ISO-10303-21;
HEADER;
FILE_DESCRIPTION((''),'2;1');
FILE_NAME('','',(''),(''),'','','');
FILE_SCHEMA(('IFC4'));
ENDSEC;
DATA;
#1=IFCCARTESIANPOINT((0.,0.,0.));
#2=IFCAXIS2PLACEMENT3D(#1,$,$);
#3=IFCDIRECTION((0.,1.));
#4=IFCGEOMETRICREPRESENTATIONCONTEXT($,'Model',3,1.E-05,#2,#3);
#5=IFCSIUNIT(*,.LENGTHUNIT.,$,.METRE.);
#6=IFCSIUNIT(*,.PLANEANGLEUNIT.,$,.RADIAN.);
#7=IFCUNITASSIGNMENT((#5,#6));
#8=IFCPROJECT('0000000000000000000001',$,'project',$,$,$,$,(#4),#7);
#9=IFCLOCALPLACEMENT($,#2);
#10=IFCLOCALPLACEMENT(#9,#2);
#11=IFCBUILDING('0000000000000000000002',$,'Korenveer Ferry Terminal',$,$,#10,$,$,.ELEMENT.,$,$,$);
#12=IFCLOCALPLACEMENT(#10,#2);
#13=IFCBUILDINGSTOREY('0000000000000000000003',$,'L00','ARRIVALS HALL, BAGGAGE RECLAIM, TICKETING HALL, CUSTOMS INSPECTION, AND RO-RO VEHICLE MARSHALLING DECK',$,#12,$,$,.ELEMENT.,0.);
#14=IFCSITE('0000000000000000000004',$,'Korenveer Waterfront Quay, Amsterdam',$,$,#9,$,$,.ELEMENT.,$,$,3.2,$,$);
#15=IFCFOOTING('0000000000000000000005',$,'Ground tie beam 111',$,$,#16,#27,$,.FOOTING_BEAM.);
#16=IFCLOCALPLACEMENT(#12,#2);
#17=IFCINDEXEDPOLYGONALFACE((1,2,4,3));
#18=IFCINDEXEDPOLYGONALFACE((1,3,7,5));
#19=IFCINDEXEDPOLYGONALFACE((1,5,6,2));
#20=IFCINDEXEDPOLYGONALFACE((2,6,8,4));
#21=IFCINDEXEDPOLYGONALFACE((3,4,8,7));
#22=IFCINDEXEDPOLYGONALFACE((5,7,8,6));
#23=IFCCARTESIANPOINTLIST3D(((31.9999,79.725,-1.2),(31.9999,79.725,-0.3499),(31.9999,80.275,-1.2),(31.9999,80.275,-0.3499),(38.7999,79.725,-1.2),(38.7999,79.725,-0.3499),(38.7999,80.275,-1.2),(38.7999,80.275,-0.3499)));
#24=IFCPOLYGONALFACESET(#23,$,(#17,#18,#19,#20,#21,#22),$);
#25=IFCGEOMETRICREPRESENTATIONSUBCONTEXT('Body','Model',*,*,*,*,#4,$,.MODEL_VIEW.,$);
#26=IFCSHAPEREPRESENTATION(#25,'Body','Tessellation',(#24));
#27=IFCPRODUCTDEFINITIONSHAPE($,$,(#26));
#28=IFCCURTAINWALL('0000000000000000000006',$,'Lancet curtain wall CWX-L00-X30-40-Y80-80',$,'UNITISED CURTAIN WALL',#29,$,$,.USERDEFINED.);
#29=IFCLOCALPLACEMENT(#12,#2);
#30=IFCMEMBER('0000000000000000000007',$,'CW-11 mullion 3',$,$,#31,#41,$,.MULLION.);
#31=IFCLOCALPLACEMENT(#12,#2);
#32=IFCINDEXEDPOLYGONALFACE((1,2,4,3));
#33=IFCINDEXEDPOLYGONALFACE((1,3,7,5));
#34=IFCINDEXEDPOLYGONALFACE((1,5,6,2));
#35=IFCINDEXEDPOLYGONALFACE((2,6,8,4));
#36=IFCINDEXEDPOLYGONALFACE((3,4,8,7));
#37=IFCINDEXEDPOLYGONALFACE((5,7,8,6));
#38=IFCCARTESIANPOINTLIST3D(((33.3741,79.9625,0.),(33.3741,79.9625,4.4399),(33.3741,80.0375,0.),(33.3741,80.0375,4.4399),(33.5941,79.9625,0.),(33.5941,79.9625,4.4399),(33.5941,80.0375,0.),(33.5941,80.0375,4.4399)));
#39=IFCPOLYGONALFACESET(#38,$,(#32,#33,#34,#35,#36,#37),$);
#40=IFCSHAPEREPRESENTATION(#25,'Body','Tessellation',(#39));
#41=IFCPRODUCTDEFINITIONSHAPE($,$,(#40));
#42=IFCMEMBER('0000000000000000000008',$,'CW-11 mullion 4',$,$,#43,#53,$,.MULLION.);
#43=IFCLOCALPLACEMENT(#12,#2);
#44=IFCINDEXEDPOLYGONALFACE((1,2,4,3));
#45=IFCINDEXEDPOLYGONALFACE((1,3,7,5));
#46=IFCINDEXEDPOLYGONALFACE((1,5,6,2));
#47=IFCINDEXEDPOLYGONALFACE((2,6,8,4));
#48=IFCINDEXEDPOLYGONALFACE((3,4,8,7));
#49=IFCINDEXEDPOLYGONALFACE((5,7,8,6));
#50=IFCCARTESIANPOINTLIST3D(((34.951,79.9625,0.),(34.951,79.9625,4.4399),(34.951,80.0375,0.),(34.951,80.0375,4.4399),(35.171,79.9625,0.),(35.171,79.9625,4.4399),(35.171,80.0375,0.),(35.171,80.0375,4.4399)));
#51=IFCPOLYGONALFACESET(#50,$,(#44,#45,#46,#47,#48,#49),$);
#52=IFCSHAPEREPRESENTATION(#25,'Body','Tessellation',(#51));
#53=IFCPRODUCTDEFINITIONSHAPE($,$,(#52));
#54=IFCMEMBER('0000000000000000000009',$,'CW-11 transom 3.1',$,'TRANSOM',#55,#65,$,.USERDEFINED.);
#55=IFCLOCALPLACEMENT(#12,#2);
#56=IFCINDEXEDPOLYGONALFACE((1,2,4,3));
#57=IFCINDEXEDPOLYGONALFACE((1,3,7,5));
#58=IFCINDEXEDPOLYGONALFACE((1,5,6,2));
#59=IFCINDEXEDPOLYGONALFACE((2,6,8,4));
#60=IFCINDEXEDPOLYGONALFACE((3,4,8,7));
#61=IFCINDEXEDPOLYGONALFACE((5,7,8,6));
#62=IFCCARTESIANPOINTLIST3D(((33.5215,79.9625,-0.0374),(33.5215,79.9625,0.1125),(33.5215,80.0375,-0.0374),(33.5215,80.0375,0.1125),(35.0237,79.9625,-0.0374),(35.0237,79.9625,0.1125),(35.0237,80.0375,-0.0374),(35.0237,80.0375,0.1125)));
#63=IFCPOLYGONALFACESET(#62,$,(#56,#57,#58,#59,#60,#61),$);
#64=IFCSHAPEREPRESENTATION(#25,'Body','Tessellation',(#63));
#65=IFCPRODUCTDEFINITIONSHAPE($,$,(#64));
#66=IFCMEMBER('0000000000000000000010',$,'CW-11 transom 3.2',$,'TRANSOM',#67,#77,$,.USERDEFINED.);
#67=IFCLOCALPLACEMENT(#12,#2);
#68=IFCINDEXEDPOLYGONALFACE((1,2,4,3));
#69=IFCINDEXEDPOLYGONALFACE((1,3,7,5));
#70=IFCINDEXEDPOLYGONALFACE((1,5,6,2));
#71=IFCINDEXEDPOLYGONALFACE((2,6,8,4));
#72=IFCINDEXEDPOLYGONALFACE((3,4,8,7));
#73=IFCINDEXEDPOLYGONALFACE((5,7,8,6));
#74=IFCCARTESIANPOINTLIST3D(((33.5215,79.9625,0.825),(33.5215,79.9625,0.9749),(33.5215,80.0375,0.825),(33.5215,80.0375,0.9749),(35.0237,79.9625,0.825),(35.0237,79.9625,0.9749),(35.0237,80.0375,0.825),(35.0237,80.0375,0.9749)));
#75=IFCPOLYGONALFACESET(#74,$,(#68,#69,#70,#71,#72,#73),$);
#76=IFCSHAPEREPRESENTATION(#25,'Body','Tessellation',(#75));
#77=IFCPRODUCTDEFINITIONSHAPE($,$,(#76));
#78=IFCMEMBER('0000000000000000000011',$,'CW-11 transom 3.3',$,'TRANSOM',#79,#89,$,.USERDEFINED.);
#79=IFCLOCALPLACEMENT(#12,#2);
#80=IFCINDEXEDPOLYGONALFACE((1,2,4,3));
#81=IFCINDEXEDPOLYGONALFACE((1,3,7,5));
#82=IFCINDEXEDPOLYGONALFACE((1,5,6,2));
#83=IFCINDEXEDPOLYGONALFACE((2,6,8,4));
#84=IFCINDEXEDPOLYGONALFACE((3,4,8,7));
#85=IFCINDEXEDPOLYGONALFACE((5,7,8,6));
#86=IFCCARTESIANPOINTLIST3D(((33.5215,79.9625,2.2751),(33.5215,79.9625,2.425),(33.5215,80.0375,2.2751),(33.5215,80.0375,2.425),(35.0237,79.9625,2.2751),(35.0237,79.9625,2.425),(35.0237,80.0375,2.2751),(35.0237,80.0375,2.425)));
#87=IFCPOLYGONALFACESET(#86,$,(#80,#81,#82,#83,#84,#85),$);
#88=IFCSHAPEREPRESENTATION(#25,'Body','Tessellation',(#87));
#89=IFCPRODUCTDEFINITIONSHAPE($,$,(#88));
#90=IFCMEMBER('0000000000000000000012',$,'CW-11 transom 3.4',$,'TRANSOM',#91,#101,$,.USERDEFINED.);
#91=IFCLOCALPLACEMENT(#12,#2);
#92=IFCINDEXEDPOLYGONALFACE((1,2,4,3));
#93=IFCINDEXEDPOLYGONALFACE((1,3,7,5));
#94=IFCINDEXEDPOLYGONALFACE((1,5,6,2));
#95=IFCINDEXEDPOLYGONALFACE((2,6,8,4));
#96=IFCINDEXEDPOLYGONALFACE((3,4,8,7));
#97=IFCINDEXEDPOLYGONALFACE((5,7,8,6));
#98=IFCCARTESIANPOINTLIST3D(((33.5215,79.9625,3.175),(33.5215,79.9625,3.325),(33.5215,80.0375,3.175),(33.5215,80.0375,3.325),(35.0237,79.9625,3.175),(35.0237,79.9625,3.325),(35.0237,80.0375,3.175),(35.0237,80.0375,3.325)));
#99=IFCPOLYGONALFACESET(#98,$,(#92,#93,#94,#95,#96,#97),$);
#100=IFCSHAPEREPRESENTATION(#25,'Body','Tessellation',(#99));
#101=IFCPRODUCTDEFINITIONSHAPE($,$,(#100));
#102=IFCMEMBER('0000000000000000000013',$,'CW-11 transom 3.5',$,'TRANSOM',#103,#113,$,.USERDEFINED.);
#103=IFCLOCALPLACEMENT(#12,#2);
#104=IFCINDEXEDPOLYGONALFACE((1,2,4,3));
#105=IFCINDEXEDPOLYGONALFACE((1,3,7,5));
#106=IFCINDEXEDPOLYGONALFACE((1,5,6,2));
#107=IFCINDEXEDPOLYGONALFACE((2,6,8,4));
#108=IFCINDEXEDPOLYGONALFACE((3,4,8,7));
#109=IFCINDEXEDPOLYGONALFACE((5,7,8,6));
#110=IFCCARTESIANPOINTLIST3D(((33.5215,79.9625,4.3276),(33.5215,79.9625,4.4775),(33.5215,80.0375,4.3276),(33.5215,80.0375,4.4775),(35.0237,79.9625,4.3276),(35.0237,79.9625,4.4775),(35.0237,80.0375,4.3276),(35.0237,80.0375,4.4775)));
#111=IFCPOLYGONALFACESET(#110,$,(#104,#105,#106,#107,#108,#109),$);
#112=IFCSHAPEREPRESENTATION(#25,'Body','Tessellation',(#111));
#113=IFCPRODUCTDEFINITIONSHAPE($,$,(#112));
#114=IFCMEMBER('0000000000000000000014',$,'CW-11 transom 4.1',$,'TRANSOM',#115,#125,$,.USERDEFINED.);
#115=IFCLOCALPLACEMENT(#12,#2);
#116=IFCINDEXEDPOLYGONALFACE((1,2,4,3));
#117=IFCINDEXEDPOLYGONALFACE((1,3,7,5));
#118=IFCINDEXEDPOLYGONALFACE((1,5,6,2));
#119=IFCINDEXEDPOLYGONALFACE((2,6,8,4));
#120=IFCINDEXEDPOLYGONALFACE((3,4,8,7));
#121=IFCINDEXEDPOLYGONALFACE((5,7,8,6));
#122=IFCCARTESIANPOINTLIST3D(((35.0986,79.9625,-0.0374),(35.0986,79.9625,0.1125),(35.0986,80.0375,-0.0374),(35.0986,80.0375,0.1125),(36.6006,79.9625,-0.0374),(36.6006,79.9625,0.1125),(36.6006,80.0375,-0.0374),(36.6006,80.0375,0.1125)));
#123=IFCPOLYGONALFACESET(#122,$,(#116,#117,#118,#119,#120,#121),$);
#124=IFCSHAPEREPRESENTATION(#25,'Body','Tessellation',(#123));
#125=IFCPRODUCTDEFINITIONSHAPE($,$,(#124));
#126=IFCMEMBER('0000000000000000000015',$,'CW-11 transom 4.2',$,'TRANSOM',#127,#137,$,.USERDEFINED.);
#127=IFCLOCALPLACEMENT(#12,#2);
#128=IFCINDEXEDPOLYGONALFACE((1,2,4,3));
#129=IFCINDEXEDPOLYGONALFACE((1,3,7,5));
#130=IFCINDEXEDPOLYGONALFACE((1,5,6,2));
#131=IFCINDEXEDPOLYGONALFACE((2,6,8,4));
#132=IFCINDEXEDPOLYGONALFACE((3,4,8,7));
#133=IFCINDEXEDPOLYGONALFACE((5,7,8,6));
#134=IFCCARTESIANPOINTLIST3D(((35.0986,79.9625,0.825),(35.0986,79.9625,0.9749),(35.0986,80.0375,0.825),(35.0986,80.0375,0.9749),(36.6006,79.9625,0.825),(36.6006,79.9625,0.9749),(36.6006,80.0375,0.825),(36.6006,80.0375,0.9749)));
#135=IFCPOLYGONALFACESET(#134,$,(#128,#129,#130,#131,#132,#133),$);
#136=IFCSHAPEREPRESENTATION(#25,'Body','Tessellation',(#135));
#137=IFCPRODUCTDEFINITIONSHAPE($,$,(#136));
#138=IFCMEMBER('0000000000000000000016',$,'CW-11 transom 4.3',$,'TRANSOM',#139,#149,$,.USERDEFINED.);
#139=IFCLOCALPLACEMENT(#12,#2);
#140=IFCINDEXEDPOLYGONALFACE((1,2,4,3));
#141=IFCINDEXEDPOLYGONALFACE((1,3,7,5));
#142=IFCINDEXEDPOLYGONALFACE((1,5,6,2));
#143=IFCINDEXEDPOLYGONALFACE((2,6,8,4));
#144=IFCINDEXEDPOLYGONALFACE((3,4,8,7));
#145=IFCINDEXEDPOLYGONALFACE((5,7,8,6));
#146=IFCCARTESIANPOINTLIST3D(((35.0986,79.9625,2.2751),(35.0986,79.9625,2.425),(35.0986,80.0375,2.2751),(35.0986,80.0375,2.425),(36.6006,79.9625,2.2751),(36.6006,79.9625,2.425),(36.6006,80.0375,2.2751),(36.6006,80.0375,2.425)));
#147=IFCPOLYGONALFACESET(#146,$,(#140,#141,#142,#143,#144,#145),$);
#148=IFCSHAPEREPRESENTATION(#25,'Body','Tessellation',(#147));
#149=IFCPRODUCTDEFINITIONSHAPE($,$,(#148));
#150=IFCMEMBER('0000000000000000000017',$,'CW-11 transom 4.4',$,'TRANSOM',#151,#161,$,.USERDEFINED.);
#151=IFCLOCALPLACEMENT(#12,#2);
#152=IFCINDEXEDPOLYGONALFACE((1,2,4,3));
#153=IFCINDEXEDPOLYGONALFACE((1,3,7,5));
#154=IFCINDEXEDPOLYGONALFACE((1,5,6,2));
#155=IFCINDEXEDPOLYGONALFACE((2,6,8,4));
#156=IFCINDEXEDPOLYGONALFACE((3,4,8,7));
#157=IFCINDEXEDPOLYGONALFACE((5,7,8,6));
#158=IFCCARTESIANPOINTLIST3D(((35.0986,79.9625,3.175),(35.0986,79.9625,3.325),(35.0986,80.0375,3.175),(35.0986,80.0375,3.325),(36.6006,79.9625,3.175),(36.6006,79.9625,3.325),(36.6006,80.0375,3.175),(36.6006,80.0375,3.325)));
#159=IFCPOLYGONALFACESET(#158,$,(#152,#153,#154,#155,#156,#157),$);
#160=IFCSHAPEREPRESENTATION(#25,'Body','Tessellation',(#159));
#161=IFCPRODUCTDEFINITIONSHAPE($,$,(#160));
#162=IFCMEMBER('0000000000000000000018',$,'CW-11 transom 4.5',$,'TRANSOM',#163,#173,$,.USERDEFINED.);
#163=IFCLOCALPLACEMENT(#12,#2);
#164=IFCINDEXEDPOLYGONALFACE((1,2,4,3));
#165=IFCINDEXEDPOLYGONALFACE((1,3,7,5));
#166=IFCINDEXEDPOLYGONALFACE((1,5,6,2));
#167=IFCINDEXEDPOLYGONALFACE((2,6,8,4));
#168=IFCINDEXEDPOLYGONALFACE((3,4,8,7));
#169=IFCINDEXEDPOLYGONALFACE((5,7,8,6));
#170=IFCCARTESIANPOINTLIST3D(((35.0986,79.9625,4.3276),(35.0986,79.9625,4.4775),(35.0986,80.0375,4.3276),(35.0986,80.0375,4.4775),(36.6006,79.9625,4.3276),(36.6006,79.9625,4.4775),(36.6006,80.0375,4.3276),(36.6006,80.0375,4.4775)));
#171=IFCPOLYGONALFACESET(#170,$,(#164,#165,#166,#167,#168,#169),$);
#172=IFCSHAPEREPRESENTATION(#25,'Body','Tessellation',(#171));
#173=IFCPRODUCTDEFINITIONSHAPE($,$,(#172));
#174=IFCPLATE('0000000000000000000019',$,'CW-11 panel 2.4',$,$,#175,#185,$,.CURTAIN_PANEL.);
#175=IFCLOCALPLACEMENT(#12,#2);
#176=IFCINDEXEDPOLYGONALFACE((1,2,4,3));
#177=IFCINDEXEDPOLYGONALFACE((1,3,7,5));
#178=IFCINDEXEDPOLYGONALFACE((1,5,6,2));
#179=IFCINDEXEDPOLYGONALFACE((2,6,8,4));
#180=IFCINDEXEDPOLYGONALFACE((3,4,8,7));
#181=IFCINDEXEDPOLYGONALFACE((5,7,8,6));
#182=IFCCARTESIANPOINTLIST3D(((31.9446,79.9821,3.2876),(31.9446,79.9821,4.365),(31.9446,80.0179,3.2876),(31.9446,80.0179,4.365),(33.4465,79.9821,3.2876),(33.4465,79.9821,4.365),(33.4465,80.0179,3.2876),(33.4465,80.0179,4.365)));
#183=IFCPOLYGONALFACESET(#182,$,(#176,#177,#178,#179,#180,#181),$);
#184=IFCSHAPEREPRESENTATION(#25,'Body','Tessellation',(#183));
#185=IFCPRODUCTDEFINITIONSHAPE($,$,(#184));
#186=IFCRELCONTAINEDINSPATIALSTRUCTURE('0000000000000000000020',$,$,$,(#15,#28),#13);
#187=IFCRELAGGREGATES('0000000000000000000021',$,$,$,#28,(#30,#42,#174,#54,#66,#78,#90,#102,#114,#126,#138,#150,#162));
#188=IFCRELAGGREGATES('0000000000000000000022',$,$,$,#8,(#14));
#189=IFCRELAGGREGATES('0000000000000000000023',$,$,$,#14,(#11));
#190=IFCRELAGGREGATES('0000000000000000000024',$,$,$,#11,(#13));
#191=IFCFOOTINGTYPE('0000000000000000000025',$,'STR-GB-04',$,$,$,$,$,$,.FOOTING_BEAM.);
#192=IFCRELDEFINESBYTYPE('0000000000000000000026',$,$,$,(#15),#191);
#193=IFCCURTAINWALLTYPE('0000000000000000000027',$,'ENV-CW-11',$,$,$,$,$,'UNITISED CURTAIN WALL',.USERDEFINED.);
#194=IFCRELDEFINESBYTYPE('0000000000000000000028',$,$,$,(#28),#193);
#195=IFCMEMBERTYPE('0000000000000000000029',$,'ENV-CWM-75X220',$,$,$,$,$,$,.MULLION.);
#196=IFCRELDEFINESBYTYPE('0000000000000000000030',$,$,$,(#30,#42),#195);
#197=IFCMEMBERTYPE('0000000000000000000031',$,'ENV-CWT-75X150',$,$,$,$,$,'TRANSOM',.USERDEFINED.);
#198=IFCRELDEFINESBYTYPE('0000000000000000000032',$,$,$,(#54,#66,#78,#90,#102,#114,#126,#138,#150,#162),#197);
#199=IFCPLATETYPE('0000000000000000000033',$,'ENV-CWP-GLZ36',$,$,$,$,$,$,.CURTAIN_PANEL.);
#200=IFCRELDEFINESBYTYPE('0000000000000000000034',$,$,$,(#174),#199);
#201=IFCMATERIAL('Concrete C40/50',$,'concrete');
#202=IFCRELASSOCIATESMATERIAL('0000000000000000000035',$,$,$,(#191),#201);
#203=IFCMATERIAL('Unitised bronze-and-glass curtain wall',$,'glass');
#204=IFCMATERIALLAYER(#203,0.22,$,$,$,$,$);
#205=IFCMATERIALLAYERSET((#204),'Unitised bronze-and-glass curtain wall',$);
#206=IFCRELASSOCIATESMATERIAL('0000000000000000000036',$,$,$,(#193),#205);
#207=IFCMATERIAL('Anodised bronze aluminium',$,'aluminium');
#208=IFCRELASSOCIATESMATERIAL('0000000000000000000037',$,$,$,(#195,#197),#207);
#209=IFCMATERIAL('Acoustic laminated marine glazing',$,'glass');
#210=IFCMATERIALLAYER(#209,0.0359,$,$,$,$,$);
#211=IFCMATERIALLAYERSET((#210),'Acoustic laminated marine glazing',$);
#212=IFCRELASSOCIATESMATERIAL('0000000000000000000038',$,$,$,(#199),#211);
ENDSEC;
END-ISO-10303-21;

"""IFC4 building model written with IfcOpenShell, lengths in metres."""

from ifc_helpers import new_model, si_unit, direction, frame, origin, origin_2d, place, context, subcontext, project, spatial, rectangle, extrude, material, layer, layer_set, material_profile, profile_set, type_object, element, aggregate, save


model = new_model("IFC4")

# Units and contexts
model_context = context("Model", 3, precision=1e-05, world=origin(), true_north=direction((0.0, 1.0)))
body_context = subcontext(model_context, "Body", "Model", "MODEL_VIEW")
ifc_project = project(units=[si_unit("LENGTHUNIT", "METRE"), si_unit("PLANEANGLEUNIT", "RADIAN")], contexts=[model_context])

# Site, building, storey
site_placement = place(None, origin())
site = spatial("IfcSite", under=ifc_project, at=site_placement, Name="Korenveer Waterfront Quay, Amsterdam", CompositionType="ELEMENT", RefElevation=3.2)
building_placement = place(site_placement, origin())
building = spatial("IfcBuilding", under=site, at=building_placement, Name="Korenveer Ferry Terminal", CompositionType="ELEMENT")
storey_placement = place(building_placement, origin())
storey = spatial("IfcBuildingStorey", under=building, at=storey_placement, Name="L00", Description="ARRIVALS HALL, BAGGAGE RECLAIM, TICKETING HALL, CUSTOMS INSPECTION, AND RO-RO VEHICLE MARSHALLING DECK", CompositionType="ELEMENT", Elevation=0.0)

# Footing
ifc_material_1 = material(Name="Concrete C40/50", Category="concrete")
footing_type = type_object("IfcFootingType", Name="STR-GB-04", PredefinedType="FOOTING_BEAM", material=ifc_material_1)
footing_placement = place(storey_placement, frame((35.3999, 80.0, -1.2), z_axis=(0.0, 0.0, 1.0), x_axis=(1.0, 0.0, 0.0)))
element("IfcFooting", 1, at=footing_placement, inside=storey, type_object=footing_type, Name="Ground tie beam 111", PredefinedType="FOOTING_BEAM", context=body_context, shape_type="SweptSolid", body=[
    extrude(rectangle(XDim=6.8, YDim=0.55, at=origin_2d()), origin(), (0.0, 0.0, 1.0), 0.8501),
])

# Curtain wall, members, plate
ifc_material_2 = material(Name="Unitised bronze-and-glass curtain wall", Category="glass")
ifc_layer_1 = layer(ifc_material_2, 0.22)
ifc_layer_set_1 = layer_set([ifc_layer_1], Name="Unitised bronze-and-glass curtain wall")
curtain_wall_type = type_object("IfcCurtainWallType", Name="ENV-CW-11", ElementType="UNITISED CURTAIN WALL", PredefinedType="USERDEFINED", material=ifc_layer_set_1)
curtain_wall_placement = place(storey_placement, frame((30.3301, 80.0, 0.0)))
curtain_wall = element("IfcCurtainWall", 2, at=curtain_wall_placement, inside=storey, type_object=curtain_wall_type, Name="Lancet curtain wall CWX-L00-X30-40-Y80-80", ObjectType="UNITISED CURTAIN WALL", PredefinedType="USERDEFINED")
ifc_material_3 = material(Name="Anodised bronze aluminium", Category="aluminium")
ifc_material_profile_1 = material_profile(ifc_material_3, rectangle(XDim=0.075, YDim=0.22, at=origin_2d()), Name="ALU 75x220")
ifc_profile_set_1 = profile_set([ifc_material_profile_1], Name="Anodised bronze aluminium")
member_type_1 = type_object("IfcMemberType", Name="ENV-CWM-75X220", PredefinedType="MULLION", material=ifc_profile_set_1)
member_1_placement = place(storey_placement, frame((33.4841, 80.0, 0.0), z_axis=(0.0, 0.0, 1.0), x_axis=(0.0, 1.0, 0.0)))
member_1 = element("IfcMember", 3, at=member_1_placement, type_object=member_type_1, Name="CW-11 mullion 3", PredefinedType="MULLION", context=body_context, shape_type="SweptSolid", body=[
    extrude(rectangle(XDim=0.075, YDim=0.22, at=origin_2d()), origin(), (0.0, 0.0, 1.0), 4.4399),
])
member_2_placement = place(storey_placement, frame((35.061, 80.0, 0.0), z_axis=(0.0, 0.0, 1.0), x_axis=(0.0, 1.0, 0.0)))
member_2 = element("IfcMember", 4, at=member_2_placement, type_object=member_type_1, Name="CW-11 mullion 4", PredefinedType="MULLION", context=body_context, shape_type="SweptSolid", body=[
    extrude(rectangle(XDim=0.075, YDim=0.22, at=origin_2d()), origin(), (0.0, 0.0, 1.0), 4.4399),
])
ifc_material_profile_2 = material_profile(ifc_material_3, rectangle(XDim=0.075, YDim=0.1499, at=origin_2d()), Name="ALU 75x150")
ifc_profile_set_2 = profile_set([ifc_material_profile_2], Name="Anodised bronze aluminium")
member_type_2 = type_object("IfcMemberType", Name="ENV-CWT-75X150", ElementType="TRANSOM", PredefinedType="USERDEFINED", material=ifc_profile_set_2)
member_3_placement = place(storey_placement, frame((33.5215, 80.0, 0.0376), z_axis=(1.0, 0.0, 0.0), x_axis=(0.0, 1.0, 0.0)))
member_3 = element("IfcMember", 5, at=member_3_placement, type_object=member_type_2, Name="CW-11 transom 3.1", ObjectType="TRANSOM", PredefinedType="USERDEFINED", context=body_context, shape_type="SweptSolid", body=[
    extrude(rectangle(XDim=0.075, YDim=0.1499, at=origin_2d()), origin(), (0.0, 0.0, 1.0), 1.5022),
])
member_4_placement = place(storey_placement, frame((33.5215, 80.0, 0.8999), z_axis=(1.0, 0.0, 0.0), x_axis=(0.0, 1.0, 0.0)))
member_4 = element("IfcMember", 6, at=member_4_placement, type_object=member_type_2, Name="CW-11 transom 3.2", ObjectType="TRANSOM", PredefinedType="USERDEFINED", context=body_context, shape_type="SweptSolid", body=[
    extrude(rectangle(XDim=0.075, YDim=0.1499, at=origin_2d()), origin(), (0.0, 0.0, 1.0), 1.5022),
])
member_5_placement = place(storey_placement, frame((33.5215, 80.0, 2.3501), z_axis=(1.0, 0.0, 0.0), x_axis=(0.0, 1.0, 0.0)))
member_5 = element("IfcMember", 7, at=member_5_placement, type_object=member_type_2, Name="CW-11 transom 3.3", ObjectType="TRANSOM", PredefinedType="USERDEFINED", context=body_context, shape_type="SweptSolid", body=[
    extrude(rectangle(XDim=0.075, YDim=0.1499, at=origin_2d()), origin(), (0.0, 0.0, 1.0), 1.5022),
])
member_6_placement = place(storey_placement, frame((33.5215, 80.0, 3.25), z_axis=(1.0, 0.0, 0.0), x_axis=(0.0, 1.0, 0.0)))
member_6 = element("IfcMember", 8, at=member_6_placement, type_object=member_type_2, Name="CW-11 transom 3.4", ObjectType="TRANSOM", PredefinedType="USERDEFINED", context=body_context, shape_type="SweptSolid", body=[
    extrude(rectangle(XDim=0.075, YDim=0.1499, at=origin_2d()), origin(), (0.0, 0.0, 1.0), 1.5022),
])
member_7_placement = place(storey_placement, frame((33.5215, 80.0, 4.4026), z_axis=(1.0, 0.0, 0.0), x_axis=(0.0, 1.0, 0.0)))
member_7 = element("IfcMember", 9, at=member_7_placement, type_object=member_type_2, Name="CW-11 transom 3.5", ObjectType="TRANSOM", PredefinedType="USERDEFINED", context=body_context, shape_type="SweptSolid", body=[
    extrude(rectangle(XDim=0.075, YDim=0.1499, at=origin_2d()), origin(), (0.0, 0.0, 1.0), 1.5022),
])
member_8_placement = place(storey_placement, frame((35.0986, 80.0, 0.0376), z_axis=(1.0, 0.0, 0.0), x_axis=(0.0, 1.0, 0.0)))
member_8 = element("IfcMember", 10, at=member_8_placement, type_object=member_type_2, Name="CW-11 transom 4.1", ObjectType="TRANSOM", PredefinedType="USERDEFINED", context=body_context, shape_type="SweptSolid", body=[
    extrude(rectangle(XDim=0.075, YDim=0.1499, at=origin_2d()), origin(), (0.0, 0.0, 1.0), 1.502),
])
member_9_placement = place(storey_placement, frame((35.0986, 80.0, 0.8999), z_axis=(1.0, 0.0, 0.0), x_axis=(0.0, 1.0, 0.0)))
member_9 = element("IfcMember", 11, at=member_9_placement, type_object=member_type_2, Name="CW-11 transom 4.2", ObjectType="TRANSOM", PredefinedType="USERDEFINED", context=body_context, shape_type="SweptSolid", body=[
    extrude(rectangle(XDim=0.075, YDim=0.1499, at=origin_2d()), origin(), (0.0, 0.0, 1.0), 1.502),
])
member_10_placement = place(storey_placement, frame((35.0986, 80.0, 2.3501), z_axis=(1.0, 0.0, 0.0), x_axis=(0.0, 1.0, 0.0)))
member_10 = element("IfcMember", 12, at=member_10_placement, type_object=member_type_2, Name="CW-11 transom 4.3", ObjectType="TRANSOM", PredefinedType="USERDEFINED", context=body_context, shape_type="SweptSolid", body=[
    extrude(rectangle(XDim=0.075, YDim=0.1499, at=origin_2d()), origin(), (0.0, 0.0, 1.0), 1.502),
])
member_11_placement = place(storey_placement, frame((35.0986, 80.0, 3.25), z_axis=(1.0, 0.0, 0.0), x_axis=(0.0, 1.0, 0.0)))
member_11 = element("IfcMember", 13, at=member_11_placement, type_object=member_type_2, Name="CW-11 transom 4.4", ObjectType="TRANSOM", PredefinedType="USERDEFINED", context=body_context, shape_type="SweptSolid", body=[
    extrude(rectangle(XDim=0.075, YDim=0.1499, at=origin_2d()), origin(), (0.0, 0.0, 1.0), 1.502),
])
member_12_placement = place(storey_placement, frame((35.0986, 80.0, 4.4026), z_axis=(1.0, 0.0, 0.0), x_axis=(0.0, 1.0, 0.0)))
member_12 = element("IfcMember", 14, at=member_12_placement, type_object=member_type_2, Name="CW-11 transom 4.5", ObjectType="TRANSOM", PredefinedType="USERDEFINED", context=body_context, shape_type="SweptSolid", body=[
    extrude(rectangle(XDim=0.075, YDim=0.1499, at=origin_2d()), origin(), (0.0, 0.0, 1.0), 1.502),
])
ifc_material_4 = material(Name="Acoustic laminated marine glazing", Category="glass")
ifc_layer_2 = layer(ifc_material_4, 0.0359)
ifc_layer_set_2 = layer_set([ifc_layer_2], Name="Acoustic laminated marine glazing")
plate_type = type_object("IfcPlateType", Name="ENV-CWP-GLZ36", PredefinedType="CURTAIN_PANEL", material=ifc_layer_set_2)
plate_1_placement = place(storey_placement, frame((32.6956, 80.0, 3.2876), z_axis=(0.0, 0.0, 1.0), x_axis=(1.0, 0.0, 0.0)))
plate_1 = element("IfcPlate", 15, at=plate_1_placement, type_object=plate_type, Name="CW-11 panel 2.4", PredefinedType="CURTAIN_PANEL", context=body_context, shape_type="SweptSolid", body=[
    extrude(rectangle(XDim=1.502, YDim=0.0359, at=origin_2d()), origin(), (0.0, 0.0, 1.0), 1.0774),
])
aggregate(curtain_wall, [member_1, member_2, plate_1, member_3, member_4, member_5, member_6, member_7, member_8, member_9, member_10, member_11, member_12])

save(model, "model.ifc")
